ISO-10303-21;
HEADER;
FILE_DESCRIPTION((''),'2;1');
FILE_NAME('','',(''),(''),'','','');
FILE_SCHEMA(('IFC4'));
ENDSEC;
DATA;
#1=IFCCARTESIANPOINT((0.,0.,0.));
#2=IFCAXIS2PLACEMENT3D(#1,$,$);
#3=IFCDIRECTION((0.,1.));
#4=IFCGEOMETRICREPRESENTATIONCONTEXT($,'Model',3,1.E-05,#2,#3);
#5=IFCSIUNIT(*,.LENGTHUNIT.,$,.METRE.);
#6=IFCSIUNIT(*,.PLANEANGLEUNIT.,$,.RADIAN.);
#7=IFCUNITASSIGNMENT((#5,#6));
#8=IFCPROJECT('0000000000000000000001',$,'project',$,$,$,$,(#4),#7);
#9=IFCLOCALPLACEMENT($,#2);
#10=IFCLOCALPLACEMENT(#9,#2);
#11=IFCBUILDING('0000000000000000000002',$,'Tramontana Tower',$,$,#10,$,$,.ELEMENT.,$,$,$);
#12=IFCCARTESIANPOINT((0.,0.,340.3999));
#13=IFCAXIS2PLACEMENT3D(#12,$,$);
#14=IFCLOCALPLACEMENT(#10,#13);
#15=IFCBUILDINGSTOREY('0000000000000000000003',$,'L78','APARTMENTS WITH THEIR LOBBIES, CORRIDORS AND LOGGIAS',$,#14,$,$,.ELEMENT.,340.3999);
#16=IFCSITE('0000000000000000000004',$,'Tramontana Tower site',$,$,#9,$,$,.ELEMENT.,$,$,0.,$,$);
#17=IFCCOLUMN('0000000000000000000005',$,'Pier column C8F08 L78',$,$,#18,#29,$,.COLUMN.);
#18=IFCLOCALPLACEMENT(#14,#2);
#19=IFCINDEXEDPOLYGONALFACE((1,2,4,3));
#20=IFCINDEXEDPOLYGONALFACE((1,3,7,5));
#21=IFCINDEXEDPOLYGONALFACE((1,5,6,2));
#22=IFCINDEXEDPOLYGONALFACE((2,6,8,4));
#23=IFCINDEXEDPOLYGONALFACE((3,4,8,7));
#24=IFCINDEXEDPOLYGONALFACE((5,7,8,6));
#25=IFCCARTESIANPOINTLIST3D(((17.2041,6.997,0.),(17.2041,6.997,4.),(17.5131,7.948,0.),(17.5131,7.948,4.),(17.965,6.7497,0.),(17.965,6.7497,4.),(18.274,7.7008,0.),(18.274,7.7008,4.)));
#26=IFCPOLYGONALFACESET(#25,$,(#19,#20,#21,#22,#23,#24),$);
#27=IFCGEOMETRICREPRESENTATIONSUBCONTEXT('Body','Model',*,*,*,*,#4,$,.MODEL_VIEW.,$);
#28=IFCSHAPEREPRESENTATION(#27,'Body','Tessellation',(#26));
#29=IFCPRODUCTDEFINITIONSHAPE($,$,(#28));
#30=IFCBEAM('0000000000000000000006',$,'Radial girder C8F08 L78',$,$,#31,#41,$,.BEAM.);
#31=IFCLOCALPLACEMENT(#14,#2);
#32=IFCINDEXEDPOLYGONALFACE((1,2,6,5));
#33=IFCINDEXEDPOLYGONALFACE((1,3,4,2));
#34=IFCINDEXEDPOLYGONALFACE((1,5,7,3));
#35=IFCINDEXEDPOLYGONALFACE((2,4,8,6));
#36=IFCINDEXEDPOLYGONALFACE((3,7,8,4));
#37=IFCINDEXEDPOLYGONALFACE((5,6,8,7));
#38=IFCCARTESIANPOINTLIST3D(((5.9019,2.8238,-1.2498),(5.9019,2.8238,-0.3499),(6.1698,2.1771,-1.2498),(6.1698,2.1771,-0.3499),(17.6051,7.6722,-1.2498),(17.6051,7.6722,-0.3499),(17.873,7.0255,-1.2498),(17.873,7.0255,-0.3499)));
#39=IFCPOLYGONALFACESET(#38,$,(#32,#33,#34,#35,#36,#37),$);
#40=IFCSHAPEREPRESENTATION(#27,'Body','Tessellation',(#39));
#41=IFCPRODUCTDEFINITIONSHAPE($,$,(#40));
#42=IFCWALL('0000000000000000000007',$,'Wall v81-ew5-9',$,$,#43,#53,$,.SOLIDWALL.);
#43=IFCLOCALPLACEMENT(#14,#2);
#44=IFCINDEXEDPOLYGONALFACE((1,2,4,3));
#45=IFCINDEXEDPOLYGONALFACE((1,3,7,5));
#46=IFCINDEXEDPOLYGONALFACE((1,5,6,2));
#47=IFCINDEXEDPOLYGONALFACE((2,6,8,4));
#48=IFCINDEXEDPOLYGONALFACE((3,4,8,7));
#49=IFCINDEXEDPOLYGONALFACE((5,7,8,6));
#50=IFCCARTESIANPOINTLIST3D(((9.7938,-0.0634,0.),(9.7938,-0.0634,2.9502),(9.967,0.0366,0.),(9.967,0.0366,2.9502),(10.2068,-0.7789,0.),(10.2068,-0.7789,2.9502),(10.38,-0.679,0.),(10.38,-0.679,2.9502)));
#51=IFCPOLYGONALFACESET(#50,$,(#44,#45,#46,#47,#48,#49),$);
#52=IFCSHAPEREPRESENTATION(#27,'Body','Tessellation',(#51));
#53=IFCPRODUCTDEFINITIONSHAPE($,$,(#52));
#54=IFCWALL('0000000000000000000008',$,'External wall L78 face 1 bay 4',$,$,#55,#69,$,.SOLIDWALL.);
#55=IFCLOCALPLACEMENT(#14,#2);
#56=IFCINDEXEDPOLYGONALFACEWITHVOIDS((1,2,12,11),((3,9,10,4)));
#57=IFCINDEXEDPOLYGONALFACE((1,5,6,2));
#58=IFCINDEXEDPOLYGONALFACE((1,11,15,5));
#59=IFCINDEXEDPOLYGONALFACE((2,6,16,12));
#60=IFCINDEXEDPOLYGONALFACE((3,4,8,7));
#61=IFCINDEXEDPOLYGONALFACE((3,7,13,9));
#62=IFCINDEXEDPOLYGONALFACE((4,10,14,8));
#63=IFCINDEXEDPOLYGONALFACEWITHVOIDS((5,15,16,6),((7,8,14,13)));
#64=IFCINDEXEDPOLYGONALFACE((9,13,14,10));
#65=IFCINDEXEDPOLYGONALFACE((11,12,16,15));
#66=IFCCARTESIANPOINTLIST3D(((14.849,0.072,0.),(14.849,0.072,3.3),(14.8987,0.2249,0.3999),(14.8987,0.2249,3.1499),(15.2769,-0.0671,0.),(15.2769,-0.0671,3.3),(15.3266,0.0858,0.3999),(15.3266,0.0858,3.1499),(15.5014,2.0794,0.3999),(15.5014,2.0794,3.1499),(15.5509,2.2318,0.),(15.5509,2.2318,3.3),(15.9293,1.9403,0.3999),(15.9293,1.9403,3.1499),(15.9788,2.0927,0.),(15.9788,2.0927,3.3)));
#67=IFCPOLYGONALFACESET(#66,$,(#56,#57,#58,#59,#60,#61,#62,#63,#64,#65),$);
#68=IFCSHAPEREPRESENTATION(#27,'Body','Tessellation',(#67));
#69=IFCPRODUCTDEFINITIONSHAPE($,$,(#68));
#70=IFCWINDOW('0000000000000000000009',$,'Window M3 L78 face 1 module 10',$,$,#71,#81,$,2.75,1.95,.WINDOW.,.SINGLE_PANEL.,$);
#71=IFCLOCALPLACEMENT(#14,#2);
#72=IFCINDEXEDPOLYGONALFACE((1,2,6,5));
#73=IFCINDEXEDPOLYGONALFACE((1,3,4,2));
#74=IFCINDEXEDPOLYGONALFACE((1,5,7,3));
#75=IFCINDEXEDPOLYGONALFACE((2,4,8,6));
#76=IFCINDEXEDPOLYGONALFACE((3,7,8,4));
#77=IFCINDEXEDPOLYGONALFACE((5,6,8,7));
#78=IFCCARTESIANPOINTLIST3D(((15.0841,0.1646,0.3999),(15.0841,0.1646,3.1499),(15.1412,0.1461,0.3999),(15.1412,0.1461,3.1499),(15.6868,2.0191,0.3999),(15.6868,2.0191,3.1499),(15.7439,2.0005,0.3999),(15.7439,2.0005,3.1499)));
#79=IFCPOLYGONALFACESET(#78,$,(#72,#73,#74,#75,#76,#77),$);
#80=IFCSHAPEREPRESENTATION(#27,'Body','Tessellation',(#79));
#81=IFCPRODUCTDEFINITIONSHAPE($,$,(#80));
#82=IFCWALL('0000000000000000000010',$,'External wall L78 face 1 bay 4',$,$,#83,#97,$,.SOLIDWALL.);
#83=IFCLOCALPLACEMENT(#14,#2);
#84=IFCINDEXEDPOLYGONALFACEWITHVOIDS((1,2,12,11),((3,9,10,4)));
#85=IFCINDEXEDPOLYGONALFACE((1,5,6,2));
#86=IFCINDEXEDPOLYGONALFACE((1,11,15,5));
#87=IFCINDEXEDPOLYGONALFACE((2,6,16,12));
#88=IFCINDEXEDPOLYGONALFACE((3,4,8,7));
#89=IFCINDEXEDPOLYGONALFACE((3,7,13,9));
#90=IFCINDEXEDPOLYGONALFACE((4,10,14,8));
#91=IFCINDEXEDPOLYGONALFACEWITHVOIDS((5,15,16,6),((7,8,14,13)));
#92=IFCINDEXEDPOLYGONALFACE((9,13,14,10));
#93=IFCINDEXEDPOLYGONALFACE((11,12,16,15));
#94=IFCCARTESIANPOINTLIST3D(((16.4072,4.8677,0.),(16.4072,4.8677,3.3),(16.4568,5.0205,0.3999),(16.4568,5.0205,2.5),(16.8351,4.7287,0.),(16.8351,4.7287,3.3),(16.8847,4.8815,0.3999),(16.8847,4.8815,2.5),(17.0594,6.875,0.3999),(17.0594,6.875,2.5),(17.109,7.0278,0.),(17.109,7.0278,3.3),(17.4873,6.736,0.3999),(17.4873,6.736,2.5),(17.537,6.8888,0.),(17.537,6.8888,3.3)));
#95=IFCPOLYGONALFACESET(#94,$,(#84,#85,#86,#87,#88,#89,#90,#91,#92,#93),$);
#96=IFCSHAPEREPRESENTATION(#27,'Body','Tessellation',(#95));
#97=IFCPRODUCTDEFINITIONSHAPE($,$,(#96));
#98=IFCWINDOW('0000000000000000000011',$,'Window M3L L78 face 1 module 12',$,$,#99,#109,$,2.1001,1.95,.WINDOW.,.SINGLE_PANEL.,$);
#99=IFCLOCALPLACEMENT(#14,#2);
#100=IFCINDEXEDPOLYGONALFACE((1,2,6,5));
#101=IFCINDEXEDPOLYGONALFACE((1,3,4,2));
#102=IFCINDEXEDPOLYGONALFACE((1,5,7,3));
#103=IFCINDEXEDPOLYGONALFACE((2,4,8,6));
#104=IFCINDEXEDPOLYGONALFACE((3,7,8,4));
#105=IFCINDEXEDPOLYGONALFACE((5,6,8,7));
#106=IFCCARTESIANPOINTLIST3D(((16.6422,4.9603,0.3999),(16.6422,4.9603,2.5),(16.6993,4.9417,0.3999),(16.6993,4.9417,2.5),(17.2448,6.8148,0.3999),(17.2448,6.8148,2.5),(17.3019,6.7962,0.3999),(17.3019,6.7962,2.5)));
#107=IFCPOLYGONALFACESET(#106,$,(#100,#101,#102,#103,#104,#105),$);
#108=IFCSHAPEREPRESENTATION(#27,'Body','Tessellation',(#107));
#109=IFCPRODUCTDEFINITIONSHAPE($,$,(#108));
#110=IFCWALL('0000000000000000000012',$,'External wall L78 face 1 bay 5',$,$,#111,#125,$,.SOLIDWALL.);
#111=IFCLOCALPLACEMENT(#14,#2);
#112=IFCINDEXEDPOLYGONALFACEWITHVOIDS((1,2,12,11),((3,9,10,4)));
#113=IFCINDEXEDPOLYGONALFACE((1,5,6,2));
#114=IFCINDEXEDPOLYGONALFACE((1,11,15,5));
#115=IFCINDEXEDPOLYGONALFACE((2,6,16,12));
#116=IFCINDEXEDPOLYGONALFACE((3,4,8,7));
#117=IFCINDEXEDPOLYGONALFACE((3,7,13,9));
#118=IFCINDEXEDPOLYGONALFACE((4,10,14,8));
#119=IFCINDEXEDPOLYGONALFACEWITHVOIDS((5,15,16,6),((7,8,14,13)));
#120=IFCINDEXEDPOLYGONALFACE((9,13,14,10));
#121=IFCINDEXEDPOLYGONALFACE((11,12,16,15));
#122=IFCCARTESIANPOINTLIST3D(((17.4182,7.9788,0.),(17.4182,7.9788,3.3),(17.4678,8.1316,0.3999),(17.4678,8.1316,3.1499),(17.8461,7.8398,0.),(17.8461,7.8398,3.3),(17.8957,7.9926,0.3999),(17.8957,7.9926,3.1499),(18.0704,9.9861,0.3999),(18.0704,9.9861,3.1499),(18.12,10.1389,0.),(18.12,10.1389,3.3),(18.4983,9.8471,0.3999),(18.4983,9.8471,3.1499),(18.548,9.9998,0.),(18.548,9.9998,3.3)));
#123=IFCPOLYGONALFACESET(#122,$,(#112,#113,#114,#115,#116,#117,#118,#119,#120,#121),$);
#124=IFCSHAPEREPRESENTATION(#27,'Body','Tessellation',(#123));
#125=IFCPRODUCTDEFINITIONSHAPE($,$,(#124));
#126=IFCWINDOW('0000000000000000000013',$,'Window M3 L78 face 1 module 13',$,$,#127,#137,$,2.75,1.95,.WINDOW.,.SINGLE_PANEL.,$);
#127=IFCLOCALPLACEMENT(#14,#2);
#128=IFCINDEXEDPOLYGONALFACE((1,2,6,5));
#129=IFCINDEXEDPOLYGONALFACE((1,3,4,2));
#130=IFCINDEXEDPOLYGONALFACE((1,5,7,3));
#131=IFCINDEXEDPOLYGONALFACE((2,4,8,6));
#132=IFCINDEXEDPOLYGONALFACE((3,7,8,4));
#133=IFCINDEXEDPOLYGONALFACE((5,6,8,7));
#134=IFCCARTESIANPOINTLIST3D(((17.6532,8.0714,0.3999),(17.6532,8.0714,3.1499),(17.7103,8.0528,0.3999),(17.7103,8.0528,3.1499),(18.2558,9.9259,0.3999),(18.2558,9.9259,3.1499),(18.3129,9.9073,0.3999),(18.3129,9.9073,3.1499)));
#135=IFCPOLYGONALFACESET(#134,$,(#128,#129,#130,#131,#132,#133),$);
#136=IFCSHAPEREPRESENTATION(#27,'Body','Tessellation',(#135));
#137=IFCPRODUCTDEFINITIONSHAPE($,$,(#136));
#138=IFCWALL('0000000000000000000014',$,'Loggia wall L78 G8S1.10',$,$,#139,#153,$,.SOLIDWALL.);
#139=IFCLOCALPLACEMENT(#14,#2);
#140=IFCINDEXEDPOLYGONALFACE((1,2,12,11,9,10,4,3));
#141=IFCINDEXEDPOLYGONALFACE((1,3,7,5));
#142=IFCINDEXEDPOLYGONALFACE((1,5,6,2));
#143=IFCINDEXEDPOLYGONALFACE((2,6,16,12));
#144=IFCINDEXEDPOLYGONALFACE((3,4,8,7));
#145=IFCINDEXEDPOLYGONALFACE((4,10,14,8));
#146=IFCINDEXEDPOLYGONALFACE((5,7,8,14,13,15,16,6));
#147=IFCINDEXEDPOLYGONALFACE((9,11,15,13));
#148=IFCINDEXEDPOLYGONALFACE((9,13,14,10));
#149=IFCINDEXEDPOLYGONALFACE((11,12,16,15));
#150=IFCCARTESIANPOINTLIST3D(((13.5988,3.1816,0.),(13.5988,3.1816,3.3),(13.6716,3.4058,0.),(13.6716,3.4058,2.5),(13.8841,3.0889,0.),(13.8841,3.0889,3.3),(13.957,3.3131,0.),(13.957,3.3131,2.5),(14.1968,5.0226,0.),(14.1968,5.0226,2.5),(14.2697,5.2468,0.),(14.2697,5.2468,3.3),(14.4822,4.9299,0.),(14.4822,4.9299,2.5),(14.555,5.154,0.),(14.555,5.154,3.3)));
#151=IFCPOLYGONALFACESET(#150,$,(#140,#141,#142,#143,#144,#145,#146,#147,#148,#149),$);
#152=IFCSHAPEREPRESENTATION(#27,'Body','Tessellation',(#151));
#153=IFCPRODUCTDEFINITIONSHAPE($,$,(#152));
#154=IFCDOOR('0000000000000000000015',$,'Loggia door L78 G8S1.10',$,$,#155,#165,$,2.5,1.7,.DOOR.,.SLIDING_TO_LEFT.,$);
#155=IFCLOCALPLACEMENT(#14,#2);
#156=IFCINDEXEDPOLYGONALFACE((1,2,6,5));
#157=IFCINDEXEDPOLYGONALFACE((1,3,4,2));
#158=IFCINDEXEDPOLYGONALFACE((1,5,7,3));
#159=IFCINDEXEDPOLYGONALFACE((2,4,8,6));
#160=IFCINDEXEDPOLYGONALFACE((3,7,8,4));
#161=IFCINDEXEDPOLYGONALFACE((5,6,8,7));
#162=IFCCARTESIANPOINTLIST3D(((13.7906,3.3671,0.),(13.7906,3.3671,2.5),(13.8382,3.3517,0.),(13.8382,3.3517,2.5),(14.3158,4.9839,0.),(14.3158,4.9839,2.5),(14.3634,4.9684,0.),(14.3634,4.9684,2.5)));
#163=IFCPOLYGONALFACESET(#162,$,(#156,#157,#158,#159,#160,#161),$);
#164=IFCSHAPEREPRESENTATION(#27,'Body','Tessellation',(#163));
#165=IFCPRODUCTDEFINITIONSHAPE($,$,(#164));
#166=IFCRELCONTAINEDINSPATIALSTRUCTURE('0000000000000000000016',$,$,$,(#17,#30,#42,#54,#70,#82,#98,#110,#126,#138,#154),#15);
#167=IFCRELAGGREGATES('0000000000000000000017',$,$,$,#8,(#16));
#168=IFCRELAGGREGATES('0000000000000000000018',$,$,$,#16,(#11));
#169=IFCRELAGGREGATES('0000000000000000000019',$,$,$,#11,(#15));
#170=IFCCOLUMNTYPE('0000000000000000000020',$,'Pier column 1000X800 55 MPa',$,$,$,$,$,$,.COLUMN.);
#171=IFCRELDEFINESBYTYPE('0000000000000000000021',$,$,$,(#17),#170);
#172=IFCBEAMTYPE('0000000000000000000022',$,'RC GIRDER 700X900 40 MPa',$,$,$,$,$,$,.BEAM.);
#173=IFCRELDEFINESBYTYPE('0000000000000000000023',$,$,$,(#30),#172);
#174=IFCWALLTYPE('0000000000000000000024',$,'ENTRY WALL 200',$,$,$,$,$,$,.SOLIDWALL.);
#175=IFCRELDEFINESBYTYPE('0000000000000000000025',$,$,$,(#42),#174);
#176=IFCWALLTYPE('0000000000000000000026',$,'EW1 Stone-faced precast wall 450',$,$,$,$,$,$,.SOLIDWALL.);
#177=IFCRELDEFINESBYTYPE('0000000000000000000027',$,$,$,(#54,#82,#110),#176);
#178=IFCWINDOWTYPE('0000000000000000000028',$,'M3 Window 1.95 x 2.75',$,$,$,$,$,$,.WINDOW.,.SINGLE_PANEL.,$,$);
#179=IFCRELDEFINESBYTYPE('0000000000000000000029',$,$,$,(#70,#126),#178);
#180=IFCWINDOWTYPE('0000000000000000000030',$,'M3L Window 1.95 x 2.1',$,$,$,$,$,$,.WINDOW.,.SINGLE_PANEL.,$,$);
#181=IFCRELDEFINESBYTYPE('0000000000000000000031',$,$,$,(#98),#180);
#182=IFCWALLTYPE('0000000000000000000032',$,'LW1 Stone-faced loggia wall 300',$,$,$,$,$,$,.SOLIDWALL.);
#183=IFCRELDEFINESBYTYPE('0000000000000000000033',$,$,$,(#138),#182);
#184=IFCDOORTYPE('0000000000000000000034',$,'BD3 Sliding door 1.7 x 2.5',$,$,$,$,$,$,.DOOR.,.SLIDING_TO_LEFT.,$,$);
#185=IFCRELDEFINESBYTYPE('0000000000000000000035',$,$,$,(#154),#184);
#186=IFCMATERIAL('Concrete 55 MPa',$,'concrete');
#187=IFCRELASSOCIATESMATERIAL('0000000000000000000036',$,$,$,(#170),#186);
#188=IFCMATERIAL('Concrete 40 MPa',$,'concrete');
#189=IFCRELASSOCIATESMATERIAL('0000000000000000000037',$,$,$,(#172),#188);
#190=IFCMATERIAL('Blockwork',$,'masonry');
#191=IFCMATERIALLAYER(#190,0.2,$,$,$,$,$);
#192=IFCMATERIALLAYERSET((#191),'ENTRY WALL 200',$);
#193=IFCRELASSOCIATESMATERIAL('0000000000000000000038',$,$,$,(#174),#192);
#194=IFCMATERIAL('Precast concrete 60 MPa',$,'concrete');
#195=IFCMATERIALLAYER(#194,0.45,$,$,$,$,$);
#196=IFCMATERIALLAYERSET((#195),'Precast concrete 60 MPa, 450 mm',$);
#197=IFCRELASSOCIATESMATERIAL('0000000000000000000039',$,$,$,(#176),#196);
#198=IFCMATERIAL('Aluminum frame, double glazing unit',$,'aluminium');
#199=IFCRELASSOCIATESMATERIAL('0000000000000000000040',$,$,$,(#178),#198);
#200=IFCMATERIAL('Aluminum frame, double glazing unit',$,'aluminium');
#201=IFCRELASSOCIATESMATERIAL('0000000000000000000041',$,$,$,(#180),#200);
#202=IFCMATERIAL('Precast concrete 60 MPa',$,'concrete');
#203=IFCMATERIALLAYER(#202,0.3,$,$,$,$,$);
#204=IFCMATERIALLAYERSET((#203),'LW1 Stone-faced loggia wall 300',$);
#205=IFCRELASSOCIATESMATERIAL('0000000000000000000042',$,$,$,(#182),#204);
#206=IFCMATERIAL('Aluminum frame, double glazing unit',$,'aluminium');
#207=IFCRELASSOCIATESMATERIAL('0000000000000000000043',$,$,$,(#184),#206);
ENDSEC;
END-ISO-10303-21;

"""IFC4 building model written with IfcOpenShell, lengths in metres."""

from ifc_helpers import new_model, si_unit, direction, frame, frame_2d, origin, origin_2d, place, context, subcontext, project, spatial, rectangle, extrude, material, layer, layer_set, material_profile, profile_set, type_object, element, fill, save


model = new_model("IFC4")

# Units and contexts
model_context = context("Model", 3, precision=1e-05, world=origin(), true_north=direction((0.0, 1.0)))
body_context = subcontext(model_context, "Body", "Model", "MODEL_VIEW")
ifc_project = project(units=[si_unit("LENGTHUNIT", "METRE"), si_unit("PLANEANGLEUNIT", "RADIAN")], contexts=[model_context])

# Site, building, storey
site_placement = place(None, origin())
site = spatial("IfcSite", under=ifc_project, at=site_placement, Name="Tramontana Tower site", CompositionType="ELEMENT", RefElevation=0.0)
building_placement = place(site_placement, origin())
building = spatial("IfcBuilding", under=site, at=building_placement, Name="Tramontana Tower", CompositionType="ELEMENT")
storey_placement = place(building_placement, frame((0.0, 0.0, 340.3999)))
storey = spatial("IfcBuildingStorey", under=building, at=storey_placement, Name="L78", Description="APARTMENTS WITH THEIR LOBBIES, CORRIDORS AND LOGGIAS", CompositionType="ELEMENT", Elevation=340.3999)

# Column
ifc_material_1 = material(Name="Concrete 55 MPa", Category="concrete")
ifc_material_profile_1 = material_profile(ifc_material_1, rectangle(XDim=1.0, YDim=0.8, at=origin_2d()), Name="Pier column 1000X800 55 MPa")
ifc_profile_set_1 = profile_set([ifc_material_profile_1], Name="Concrete 55 MPa")
column_type = type_object("IfcColumnType", Name="Pier column 1000X800 55 MPa", PredefinedType="COLUMN", material=ifc_profile_set_1)
column_placement = place(storey_placement, frame((17.739, 7.3489, 0.0), z_axis=(0.0, 0.0, 1.0), x_axis=(0.309017, 0.951057, 0.0)))
element("IfcColumn", 1, at=column_placement, inside=storey, type_object=column_type, Name="Pier column C8F08 L78", PredefinedType="COLUMN", context=body_context, shape_type="SweptSolid", body=[
    extrude(rectangle(XDim=1.0, YDim=0.8, at=origin_2d()), origin(), (0.0, 0.0, 1.0), 4.0),
])

# Beam
ifc_material_2 = material(Name="Concrete 40 MPa", Category="concrete")
ifc_material_profile_2 = material_profile(ifc_material_2, rectangle(XDim=0.7, YDim=0.8999, at=origin_2d()), Name="RC GIRDER 700X900 40 MPa")
ifc_profile_set_2 = profile_set([ifc_material_profile_2], Name="Concrete 40 MPa")
beam_type = type_object("IfcBeamType", Name="RC GIRDER 700X900 40 MPa", PredefinedType="BEAM", material=ifc_profile_set_2)
beam_placement = place(storey_placement, frame((17.739, 7.3489, -0.7998), z_axis=(-0.923857, -0.382737, 0.0), x_axis=(0.382737, -0.923857, 0.0)))
element("IfcBeam", 2, at=beam_placement, inside=storey, type_object=beam_type, Name="Radial girder C8F08 L78", PredefinedType="BEAM", context=body_context, shape_type="SweptSolid", body=[
    extrude(rectangle(XDim=0.7, YDim=0.8999, at=origin_2d()), origin(), (0.0, 0.0, 1.0), 12.6677),
])

# Wall
ifc_material_3 = material(Name="Blockwork", Category="masonry")
ifc_layer_1 = layer(ifc_material_3, 0.2)
ifc_layer_set_1 = layer_set([ifc_layer_1], Name="ENTRY WALL 200")
wall_type_1 = type_object("IfcWallType", Name="ENTRY WALL 200", PredefinedType="SOLIDWALL", material=ifc_layer_set_1)
wall_1_placement = place(storey_placement, frame((9.8804, -0.0134, 0.0), z_axis=(0.0, 0.0, 1.0), x_axis=(0.499953, -0.866053, 0.0)))
element("IfcWall", 3, at=wall_1_placement, inside=storey, type_object=wall_type_1, Name="Wall v81-ew5-9", PredefinedType="SOLIDWALL", context=body_context, shape_type="SweptSolid", body=[
    extrude(rectangle(XDim=0.8262, YDim=0.2, at=frame_2d((0.4131, 0.0))), origin(), (0.0, 0.0, 1.0), 2.9502),
])

# Walls, openings, windows
ifc_material_4 = material(Name="Precast concrete 60 MPa", Category="concrete")
ifc_layer_2 = layer(ifc_material_4, 0.45)
ifc_layer_set_2 = layer_set([ifc_layer_2], Name="Precast concrete 60 MPa, 450 mm")
wall_type_2 = type_object("IfcWallType", Name="EW1 Stone-faced precast wall 450", PredefinedType="SOLIDWALL", material=ifc_layer_set_2)
wall_2_placement = place(storey_placement, frame((15.063, 0.0024, 0.0), z_axis=(0.0, 0.0, 1.0), x_axis=(0.309059, 0.951043, 0.0)))
wall_2 = element("IfcWall", 4, at=wall_2_placement, inside=storey, type_object=wall_type_2, Name="External wall L78 face 1 bay 4", PredefinedType="SOLIDWALL", context=body_context, shape_type="SweptSolid", body=[
    extrude(rectangle(XDim=2.271, YDim=0.45, at=frame_2d((1.1355, 0.0))), origin(), (0.0, 0.0, 1.0), 3.3),
])
opening_1_placement = place(wall_2_placement, frame((0.1606, 0.0, 0.3999)))
opening_1 = element("IfcOpeningElement", 5, at=opening_1_placement, cuts=wall_2, PredefinedType="OPENING", context=body_context, shape_type="SweptSolid", body=[
    extrude(rectangle(XDim=1.95, YDim=2.75, at=frame_2d((0.9751, 1.375))), frame((0.0, 0.2349, 0.0), z_axis=(0.0, -1.0, 0.0), x_axis=(1.0, 0.0, 0.0)), (0.0, 0.0, 1.0), 0.47),
])
ifc_material_5 = material(Name="Aluminum frame, double glazing unit", Category="aluminium")
window_type_1 = type_object("IfcWindowType", Name="M3 Window 1.95 x 2.75", PartitioningType="SINGLE_PANEL", PredefinedType="WINDOW", material=ifc_material_5)
window_1_placement = place(opening_1_placement, origin())
window_1 = element("IfcWindow", 6, at=window_1_placement, inside=storey, type_object=window_type_1, Name="Window M3 L78 face 1 module 10", OverallHeight=2.75, OverallWidth=1.95, PartitioningType="SINGLE_PANEL", PredefinedType="WINDOW", context=body_context, shape_type="SweptSolid", body=[
    extrude(rectangle(XDim=1.95, YDim=2.75, at=frame_2d((0.9751, 1.375))), frame((0.0, 0.03, 0.0), z_axis=(0.0, -1.0, 0.0), x_axis=(1.0, 0.0, 0.0)), (0.0, 0.0, 1.0), 0.0601),
])
fill(opening_1, window_1)
wall_3_placement = place(storey_placement, frame((16.6211, 4.7981, 0.0), z_axis=(0.0, 0.0, 1.0), x_axis=(0.309028, 0.951053, 0.0)))
wall_3 = element("IfcWall", 7, at=wall_3_placement, inside=storey, type_object=wall_type_2, Name="External wall L78 face 1 bay 4", PredefinedType="SOLIDWALL", context=body_context, shape_type="SweptSolid", body=[
    extrude(rectangle(XDim=2.2712, YDim=0.45, at=frame_2d((1.1357, 0.0))), origin(), (0.0, 0.0, 1.0), 3.3),
])
opening_2_placement = place(wall_3_placement, frame((0.1606, 0.0, 0.3999)))
opening_2 = element("IfcOpeningElement", 8, at=opening_2_placement, cuts=wall_3, PredefinedType="OPENING", context=body_context, shape_type="SweptSolid", body=[
    extrude(rectangle(XDim=1.95, YDim=2.1001, at=frame_2d((0.9751, 1.05))), frame((0.0, 0.2349, 0.0), z_axis=(0.0, -1.0, 0.0), x_axis=(1.0, 0.0, 0.0)), (0.0, 0.0, 1.0), 0.47),
])
ifc_material_6 = material(Name="Aluminum frame, double glazing unit", Category="aluminium")
window_type_2 = type_object("IfcWindowType", Name="M3L Window 1.95 x 2.1", PartitioningType="SINGLE_PANEL", PredefinedType="WINDOW", material=ifc_material_6)
window_2_placement = place(opening_2_placement, origin())
window_2 = element("IfcWindow", 9, at=window_2_placement, inside=storey, type_object=window_type_2, Name="Window M3L L78 face 1 module 12", OverallHeight=2.1001, OverallWidth=1.95, PartitioningType="SINGLE_PANEL", PredefinedType="WINDOW", context=body_context, shape_type="SweptSolid", body=[
    extrude(rectangle(XDim=1.95, YDim=2.1001, at=frame_2d((0.9751, 1.05))), frame((0.0, 0.03, 0.0), z_axis=(0.0, -1.0, 0.0), x_axis=(1.0, 0.0, 0.0)), (0.0, 0.0, 1.0), 0.0601),
])
fill(opening_2, window_2)
wall_4_placement = place(storey_placement, frame((17.6321, 7.9092, 0.0), z_axis=(0.0, 0.0, 1.0), x_axis=(0.309028, 0.951053, 0.0)))
wall_4 = element("IfcWall", 10, at=wall_4_placement, inside=storey, type_object=wall_type_2, Name="External wall L78 face 1 bay 5", PredefinedType="SOLIDWALL", context=body_context, shape_type="SweptSolid", body=[
    extrude(rectangle(XDim=2.2712, YDim=0.45, at=frame_2d((1.1357, 0.0))), origin(), (0.0, 0.0, 1.0), 3.3),
])
opening_3_placement = place(wall_4_placement, frame((0.1606, 0.0, 0.3999)))
opening_3 = element("IfcOpeningElement", 11, at=opening_3_placement, cuts=wall_4, PredefinedType="OPENING", context=body_context, shape_type="SweptSolid", body=[
    extrude(rectangle(XDim=1.95, YDim=2.75, at=frame_2d((0.9751, 1.375))), frame((0.0, 0.2349, 0.0), z_axis=(0.0, -1.0, 0.0), x_axis=(1.0, 0.0, 0.0)), (0.0, 0.0, 1.0), 0.47),
])
window_3_placement = place(opening_3_placement, origin())
window_3 = element("IfcWindow", 12, at=window_3_placement, inside=storey, type_object=window_type_1, Name="Window M3 L78 face 1 module 13", OverallHeight=2.75, OverallWidth=1.95, PartitioningType="SINGLE_PANEL", PredefinedType="WINDOW", context=body_context, shape_type="SweptSolid", body=[
    extrude(rectangle(XDim=1.95, YDim=2.75, at=frame_2d((0.9751, 1.375))), frame((0.0, 0.03, 0.0), z_axis=(0.0, -1.0, 0.0), x_axis=(1.0, 0.0, 0.0)), (0.0, 0.0, 1.0), 0.0601),
])
fill(opening_3, window_3)

# Wall, opening, door
ifc_material_7 = material(Name="Precast concrete 60 MPa", Category="concrete")
ifc_layer_3 = layer(ifc_material_7, 0.3)
ifc_layer_set_3 = layer_set([ifc_layer_3], Name="LW1 Stone-faced loggia wall 300")
wall_type_3 = type_object("IfcWallType", Name="LW1 Stone-faced loggia wall 300", PredefinedType="SOLIDWALL", material=ifc_layer_set_3)
wall_5_placement = place(storey_placement, frame((13.7415, 3.1353, 0.0), z_axis=(0.0, 0.0, 1.0), x_axis=(0.308967, 0.951073, 0.0)))
wall_5 = element("IfcWall", 13, at=wall_5_placement, inside=storey, type_object=wall_type_3, Name="Loggia wall L78 G8S1.10", PredefinedType="SOLIDWALL", context=body_context, shape_type="SweptSolid", body=[
    extrude(rectangle(XDim=2.1714, YDim=0.3, at=frame_2d((1.0857, 0.0))), origin(), (0.0, 0.0, 1.0), 3.3),
])
opening_4_placement = place(wall_5_placement, frame((0.2356, 0.0, 0.0)))
opening_4 = element("IfcOpeningElement", 14, at=opening_4_placement, cuts=wall_5, PredefinedType="OPENING", context=body_context, shape_type="SweptSolid", body=[
    extrude(rectangle(XDim=1.7, YDim=2.5, at=frame_2d((0.8501, 1.25))), frame((0.0, 0.1599, 0.0), z_axis=(0.0, -1.0, 0.0), x_axis=(1.0, 0.0, 0.0)), (0.0, 0.0, 1.0), 0.3201),
])
ifc_material_8 = material(Name="Aluminum frame, double glazing unit", Category="aluminium")
door_type_1 = type_object("IfcDoorType", Name="BD3 Sliding door 1.7 x 2.5", OperationType="SLIDING_TO_LEFT", PredefinedType="DOOR", material=ifc_material_8)
door_1_placement = place(opening_4_placement, origin())
door_1 = element("IfcDoor", 15, at=door_1_placement, inside=storey, type_object=door_type_1, Name="Loggia door L78 G8S1.10", OperationType="SLIDING_TO_LEFT", OverallHeight=2.5, OverallWidth=1.7, PredefinedType="DOOR", context=body_context, shape_type="SweptSolid", body=[
    extrude(rectangle(XDim=1.7, YDim=2.5, at=frame_2d((0.8501, 1.25))), frame((0.0, 0.0249, 0.0), z_axis=(0.0, -1.0, 0.0), x_axis=(1.0, 0.0, 0.0)), (0.0, 0.0, 1.0), 0.05),
])
fill(opening_4, door_1)

save(model, "model.ifc")
